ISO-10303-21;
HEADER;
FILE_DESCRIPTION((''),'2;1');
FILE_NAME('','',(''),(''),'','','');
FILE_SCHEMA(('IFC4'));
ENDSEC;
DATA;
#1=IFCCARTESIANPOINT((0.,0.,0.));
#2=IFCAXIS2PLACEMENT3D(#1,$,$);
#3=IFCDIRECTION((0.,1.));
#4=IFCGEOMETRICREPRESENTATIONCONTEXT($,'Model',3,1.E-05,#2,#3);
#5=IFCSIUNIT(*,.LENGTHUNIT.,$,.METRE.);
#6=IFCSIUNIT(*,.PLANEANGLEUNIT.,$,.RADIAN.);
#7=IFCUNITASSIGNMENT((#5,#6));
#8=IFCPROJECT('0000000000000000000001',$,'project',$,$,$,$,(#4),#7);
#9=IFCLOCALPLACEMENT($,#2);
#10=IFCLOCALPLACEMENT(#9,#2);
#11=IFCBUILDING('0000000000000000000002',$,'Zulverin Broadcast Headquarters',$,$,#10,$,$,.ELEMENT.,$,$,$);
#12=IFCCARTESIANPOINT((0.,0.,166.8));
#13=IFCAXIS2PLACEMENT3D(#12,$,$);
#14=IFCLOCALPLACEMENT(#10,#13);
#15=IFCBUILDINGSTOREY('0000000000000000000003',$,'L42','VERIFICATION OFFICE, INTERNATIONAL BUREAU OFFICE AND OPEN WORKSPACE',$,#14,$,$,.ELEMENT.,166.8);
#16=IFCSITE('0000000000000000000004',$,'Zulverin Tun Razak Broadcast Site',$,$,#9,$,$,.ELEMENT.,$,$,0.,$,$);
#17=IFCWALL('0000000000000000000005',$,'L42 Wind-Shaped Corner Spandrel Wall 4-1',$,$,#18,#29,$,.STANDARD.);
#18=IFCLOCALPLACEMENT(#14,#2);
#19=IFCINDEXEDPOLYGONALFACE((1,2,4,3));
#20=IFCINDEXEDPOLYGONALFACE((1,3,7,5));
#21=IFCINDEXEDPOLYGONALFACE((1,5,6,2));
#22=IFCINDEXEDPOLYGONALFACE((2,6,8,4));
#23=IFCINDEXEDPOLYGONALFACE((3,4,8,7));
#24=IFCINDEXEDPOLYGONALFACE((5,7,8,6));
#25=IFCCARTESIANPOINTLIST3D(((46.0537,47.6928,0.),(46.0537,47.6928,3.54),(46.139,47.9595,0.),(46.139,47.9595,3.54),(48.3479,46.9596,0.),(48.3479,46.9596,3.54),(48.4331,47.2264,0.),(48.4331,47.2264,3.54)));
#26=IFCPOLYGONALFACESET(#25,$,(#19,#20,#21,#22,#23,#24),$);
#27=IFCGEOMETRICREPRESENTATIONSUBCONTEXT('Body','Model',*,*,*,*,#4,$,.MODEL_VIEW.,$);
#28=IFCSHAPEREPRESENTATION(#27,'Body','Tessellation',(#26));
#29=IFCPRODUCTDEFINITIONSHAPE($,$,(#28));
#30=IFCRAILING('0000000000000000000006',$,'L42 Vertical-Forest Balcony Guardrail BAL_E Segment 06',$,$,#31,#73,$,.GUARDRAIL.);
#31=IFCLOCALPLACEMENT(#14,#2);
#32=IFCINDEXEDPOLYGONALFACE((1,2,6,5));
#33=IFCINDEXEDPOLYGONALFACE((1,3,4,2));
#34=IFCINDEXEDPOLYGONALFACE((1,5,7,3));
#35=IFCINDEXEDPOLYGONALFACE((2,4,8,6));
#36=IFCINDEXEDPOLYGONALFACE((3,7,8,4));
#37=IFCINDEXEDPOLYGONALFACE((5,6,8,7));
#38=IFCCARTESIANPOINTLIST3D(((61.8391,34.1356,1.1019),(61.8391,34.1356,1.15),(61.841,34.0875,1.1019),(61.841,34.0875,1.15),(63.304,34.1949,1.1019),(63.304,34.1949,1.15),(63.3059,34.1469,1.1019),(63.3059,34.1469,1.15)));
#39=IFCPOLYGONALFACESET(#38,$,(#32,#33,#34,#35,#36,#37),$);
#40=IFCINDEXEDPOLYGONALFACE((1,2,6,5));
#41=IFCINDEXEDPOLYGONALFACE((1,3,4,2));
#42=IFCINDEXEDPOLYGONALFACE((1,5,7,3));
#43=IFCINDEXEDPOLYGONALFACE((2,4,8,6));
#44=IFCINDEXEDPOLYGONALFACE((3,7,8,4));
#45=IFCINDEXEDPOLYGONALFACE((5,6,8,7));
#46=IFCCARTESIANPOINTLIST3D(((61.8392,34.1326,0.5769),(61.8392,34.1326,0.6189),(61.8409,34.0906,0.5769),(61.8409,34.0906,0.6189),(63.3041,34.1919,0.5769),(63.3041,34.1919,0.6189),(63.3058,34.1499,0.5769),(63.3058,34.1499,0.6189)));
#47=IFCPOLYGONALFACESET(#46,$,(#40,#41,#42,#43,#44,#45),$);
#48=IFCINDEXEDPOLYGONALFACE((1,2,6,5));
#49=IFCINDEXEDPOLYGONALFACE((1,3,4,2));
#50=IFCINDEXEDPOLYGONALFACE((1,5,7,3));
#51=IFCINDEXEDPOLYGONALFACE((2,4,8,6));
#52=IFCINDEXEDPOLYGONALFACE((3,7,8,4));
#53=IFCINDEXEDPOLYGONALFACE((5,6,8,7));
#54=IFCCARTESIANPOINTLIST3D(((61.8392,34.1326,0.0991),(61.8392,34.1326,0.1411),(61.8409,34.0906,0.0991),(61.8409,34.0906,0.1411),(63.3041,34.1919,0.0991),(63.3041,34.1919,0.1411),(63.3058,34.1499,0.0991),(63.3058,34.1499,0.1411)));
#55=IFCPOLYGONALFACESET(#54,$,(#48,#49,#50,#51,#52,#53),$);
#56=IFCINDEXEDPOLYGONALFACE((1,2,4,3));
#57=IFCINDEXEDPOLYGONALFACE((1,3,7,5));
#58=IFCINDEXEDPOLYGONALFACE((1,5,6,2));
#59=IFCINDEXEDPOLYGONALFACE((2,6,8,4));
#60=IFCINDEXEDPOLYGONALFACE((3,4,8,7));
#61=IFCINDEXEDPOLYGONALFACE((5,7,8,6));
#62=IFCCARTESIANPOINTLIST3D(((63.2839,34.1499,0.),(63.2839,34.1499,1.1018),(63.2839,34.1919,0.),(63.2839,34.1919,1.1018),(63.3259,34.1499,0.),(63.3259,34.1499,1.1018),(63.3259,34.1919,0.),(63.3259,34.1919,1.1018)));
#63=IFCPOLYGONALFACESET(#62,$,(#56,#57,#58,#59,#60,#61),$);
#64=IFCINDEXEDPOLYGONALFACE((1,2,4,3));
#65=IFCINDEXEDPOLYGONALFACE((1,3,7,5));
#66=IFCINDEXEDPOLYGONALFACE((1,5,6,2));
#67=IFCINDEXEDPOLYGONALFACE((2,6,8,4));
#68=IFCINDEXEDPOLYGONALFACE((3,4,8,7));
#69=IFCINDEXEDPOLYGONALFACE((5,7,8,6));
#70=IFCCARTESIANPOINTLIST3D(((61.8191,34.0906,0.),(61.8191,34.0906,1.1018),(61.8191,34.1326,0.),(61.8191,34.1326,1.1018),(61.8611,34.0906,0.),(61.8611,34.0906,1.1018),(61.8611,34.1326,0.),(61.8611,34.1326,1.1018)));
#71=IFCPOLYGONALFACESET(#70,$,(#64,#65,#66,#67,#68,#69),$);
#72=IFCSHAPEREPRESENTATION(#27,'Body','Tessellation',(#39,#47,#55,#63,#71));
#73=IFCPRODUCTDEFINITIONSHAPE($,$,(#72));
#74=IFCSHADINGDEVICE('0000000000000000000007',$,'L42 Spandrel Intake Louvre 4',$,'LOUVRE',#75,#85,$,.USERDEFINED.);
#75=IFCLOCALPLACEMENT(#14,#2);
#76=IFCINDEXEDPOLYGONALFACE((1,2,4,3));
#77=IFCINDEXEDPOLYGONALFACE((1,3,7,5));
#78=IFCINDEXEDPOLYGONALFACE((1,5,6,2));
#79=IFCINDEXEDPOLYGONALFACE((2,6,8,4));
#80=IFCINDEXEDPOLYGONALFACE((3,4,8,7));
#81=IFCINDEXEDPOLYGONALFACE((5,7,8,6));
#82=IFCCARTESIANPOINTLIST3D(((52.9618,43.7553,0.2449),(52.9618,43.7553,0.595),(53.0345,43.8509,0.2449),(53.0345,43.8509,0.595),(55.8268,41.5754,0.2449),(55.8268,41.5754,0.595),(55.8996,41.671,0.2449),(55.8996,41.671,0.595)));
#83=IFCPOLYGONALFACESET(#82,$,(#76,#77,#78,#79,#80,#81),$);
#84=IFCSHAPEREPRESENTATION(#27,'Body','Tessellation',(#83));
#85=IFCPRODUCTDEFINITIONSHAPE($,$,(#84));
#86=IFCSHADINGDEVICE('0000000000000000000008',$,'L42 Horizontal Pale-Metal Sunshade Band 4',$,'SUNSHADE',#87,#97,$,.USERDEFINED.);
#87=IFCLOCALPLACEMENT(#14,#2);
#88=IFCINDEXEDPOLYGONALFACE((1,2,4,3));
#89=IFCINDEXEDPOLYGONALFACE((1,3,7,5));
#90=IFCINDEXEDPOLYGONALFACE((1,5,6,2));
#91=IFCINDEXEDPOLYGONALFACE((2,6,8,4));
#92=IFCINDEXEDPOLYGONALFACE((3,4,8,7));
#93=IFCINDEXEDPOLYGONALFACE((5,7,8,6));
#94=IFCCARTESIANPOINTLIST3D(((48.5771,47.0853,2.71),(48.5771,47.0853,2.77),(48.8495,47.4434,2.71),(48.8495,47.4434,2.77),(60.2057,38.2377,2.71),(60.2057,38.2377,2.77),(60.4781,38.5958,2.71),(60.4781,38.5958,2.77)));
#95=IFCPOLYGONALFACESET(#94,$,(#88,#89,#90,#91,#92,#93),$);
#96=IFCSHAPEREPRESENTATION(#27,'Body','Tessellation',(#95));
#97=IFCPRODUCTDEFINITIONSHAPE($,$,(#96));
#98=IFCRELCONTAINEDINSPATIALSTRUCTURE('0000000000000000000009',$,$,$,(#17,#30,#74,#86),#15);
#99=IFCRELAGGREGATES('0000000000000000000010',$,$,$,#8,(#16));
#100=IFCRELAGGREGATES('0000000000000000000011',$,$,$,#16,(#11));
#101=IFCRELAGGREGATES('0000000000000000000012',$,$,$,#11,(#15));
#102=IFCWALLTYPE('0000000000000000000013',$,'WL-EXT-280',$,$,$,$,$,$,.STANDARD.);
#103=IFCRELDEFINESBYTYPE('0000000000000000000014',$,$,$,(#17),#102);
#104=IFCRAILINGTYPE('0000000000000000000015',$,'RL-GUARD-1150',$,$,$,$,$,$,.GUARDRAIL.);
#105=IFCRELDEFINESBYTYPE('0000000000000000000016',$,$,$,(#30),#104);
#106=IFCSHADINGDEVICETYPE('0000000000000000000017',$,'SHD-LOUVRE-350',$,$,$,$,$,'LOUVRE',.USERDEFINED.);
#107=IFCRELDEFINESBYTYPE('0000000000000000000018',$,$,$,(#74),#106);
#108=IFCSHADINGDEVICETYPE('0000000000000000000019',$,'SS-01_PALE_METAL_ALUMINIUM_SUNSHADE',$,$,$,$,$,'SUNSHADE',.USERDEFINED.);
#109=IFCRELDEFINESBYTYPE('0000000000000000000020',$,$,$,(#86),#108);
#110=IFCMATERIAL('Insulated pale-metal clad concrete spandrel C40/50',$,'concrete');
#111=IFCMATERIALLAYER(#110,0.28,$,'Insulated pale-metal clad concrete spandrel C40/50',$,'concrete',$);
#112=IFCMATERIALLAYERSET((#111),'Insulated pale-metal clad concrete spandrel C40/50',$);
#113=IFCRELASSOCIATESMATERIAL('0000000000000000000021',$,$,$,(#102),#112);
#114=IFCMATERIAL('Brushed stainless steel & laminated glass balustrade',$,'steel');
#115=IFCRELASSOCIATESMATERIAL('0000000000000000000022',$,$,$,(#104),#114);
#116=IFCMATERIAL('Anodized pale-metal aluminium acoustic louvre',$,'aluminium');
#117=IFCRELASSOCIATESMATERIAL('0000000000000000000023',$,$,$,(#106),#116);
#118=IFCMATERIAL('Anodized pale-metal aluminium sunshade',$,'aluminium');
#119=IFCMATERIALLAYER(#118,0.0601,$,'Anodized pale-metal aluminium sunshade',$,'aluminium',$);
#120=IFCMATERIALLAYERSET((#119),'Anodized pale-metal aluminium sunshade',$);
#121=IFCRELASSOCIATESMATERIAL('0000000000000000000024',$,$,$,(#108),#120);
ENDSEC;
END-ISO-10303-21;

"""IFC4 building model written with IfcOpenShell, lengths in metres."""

from ifc_helpers import new_model, si_unit, direction, frame, frame_2d, origin, origin_2d, place, context, subcontext, project, spatial, rectangle, extrude, material, layer, layer_set, type_object, element, save


model = new_model("IFC4")

# Units and contexts
model_context = context("Model", 3, precision=1e-05, world=origin(), true_north=direction((0.0, 1.0)))
body_context = subcontext(model_context, "Body", "Model", "MODEL_VIEW")
ifc_project = project(units=[si_unit("LENGTHUNIT", "METRE"), si_unit("PLANEANGLEUNIT", "RADIAN")], contexts=[model_context])

# Site, building, storey
site_placement = place(None, origin())
site = spatial("IfcSite", under=ifc_project, at=site_placement, Name="Zulverin Tun Razak Broadcast Site", CompositionType="ELEMENT", RefElevation=0.0)
building_placement = place(site_placement, origin())
building = spatial("IfcBuilding", under=site, at=building_placement, Name="Zulverin Broadcast Headquarters", CompositionType="ELEMENT")
storey_placement = place(building_placement, frame((0.0, 0.0, 166.8)))
storey = spatial("IfcBuildingStorey", under=building, at=storey_placement, Name="L42", Description="VERIFICATION OFFICE, INTERNATIONAL BUREAU OFFICE AND OPEN WORKSPACE", CompositionType="ELEMENT", Elevation=166.8)

# Shared definitions
ifc_material_1 = material(Name="Insulated pale-metal clad concrete spandrel C40/50", Category="concrete")
ifc_layer_1 = layer(ifc_material_1, 0.28, Name="Insulated pale-metal clad concrete spandrel C40/50", Category="concrete")
ifc_layer_set_1 = layer_set([ifc_layer_1], Name="Insulated pale-metal clad concrete spandrel C40/50")
wall_type = type_object("IfcWallType", Name="WL-EXT-280", PredefinedType="STANDARD", material=ifc_layer_set_1)

# Wall
wall_1_placement = place(storey_placement, frame((48.3904, 47.093, 0.0), z_axis=(0.0, 0.0, 1.0), x_axis=(-0.952543, 0.304404, 0.0)))
element("IfcWall", 1, at=wall_1_placement, inside=storey, type_object=wall_type, Name="L42 Wind-Shaped Corner Spandrel Wall 4-1", PredefinedType="STANDARD", context=body_context, shape_type="SweptSolid", body=[
    extrude(rectangle(XDim=2.4084, YDim=0.28, at=frame_2d((1.2041, 0.0))), origin(), (0.0, 0.0, 1.0), 3.54),
])

# Railing
ifc_material_2 = material(Name="Brushed stainless steel & laminated glass balustrade", Category="steel")
railing_type = type_object("IfcRailingType", Name="RL-GUARD-1150", PredefinedType="GUARDRAIL", material=ifc_material_2)
railing_placement = place(storey_placement, frame((63.3049, 34.1709, 0.0)))
element("IfcRailing", 2, at=railing_placement, inside=storey, type_object=railing_type, Name="L42 Vertical-Forest Balcony Guardrail BAL_E Segment 06", PredefinedType="GUARDRAIL", context=body_context, shape_type="SweptSolid", body=[
    extrude(rectangle(XDim=0.0481, YDim=0.0481, at=origin_2d()), frame((0.0, 0.0, 1.126), z_axis=(-0.999181, -0.040467, 0.0), x_axis=(0.040467, -0.999181, 0.0)), (0.0, 0.0, 1.0), 1.4661),
    extrude(rectangle(XDim=0.042, YDim=0.042, at=origin_2d()), frame((0.0, 0.0, 0.5979), z_axis=(-0.999181, -0.040467, 0.0), x_axis=(0.040467, -0.999181, 0.0)), (0.0, 0.0, 1.0), 1.4661),
    extrude(rectangle(XDim=0.042, YDim=0.042, at=origin_2d()), frame((0.0, 0.0, 0.1201), z_axis=(-0.999181, -0.040467, 0.0), x_axis=(0.040467, -0.999181, 0.0)), (0.0, 0.0, 1.0), 1.4661),
    extrude(rectangle(XDim=0.042, YDim=0.042, at=origin_2d()), origin(), (0.0, 0.0, 1.0), 1.1018),
    extrude(rectangle(XDim=0.042, YDim=0.042, at=origin_2d()), frame((-1.4648, -0.0593, 0.0)), (0.0, 0.0, 1.0), 1.1018),
])

# Shading devices
ifc_material_3 = material(Name="Anodized pale-metal aluminium acoustic louvre", Category="aluminium")
shading_device_type_1 = type_object("IfcShadingDeviceType", Name="SHD-LOUVRE-350", ElementType="LOUVRE", PredefinedType="USERDEFINED", material=ifc_material_3)
shading_device_1_placement = place(storey_placement, frame((54.4307, 42.7131, 0.2449), z_axis=(0.0, 0.0, 1.0), x_axis=(-0.795836, 0.605512, 0.0)))
element("IfcShadingDevice", 3, at=shading_device_1_placement, inside=storey, type_object=shading_device_type_1, Name="L42 Spandrel Intake Louvre 4", ObjectType="LOUVRE", PredefinedType="USERDEFINED", context=body_context, shape_type="SweptSolid", body=[
    extrude(rectangle(XDim=3.6001, YDim=0.1201, at=origin_2d()), origin(), (0.0, 0.0, 1.0), 0.3501),
])
ifc_material_4 = material(Name="Anodized pale-metal aluminium sunshade", Category="aluminium")
ifc_layer_2 = layer(ifc_material_4, 0.0601, Name="Anodized pale-metal aluminium sunshade", Category="aluminium")
ifc_layer_set_2 = layer_set([ifc_layer_2], Name="Anodized pale-metal aluminium sunshade")
shading_device_type_2 = type_object("IfcShadingDeviceType", Name="SS-01_PALE_METAL_ALUMINIUM_SUNSHADE", ElementType="SUNSHADE", PredefinedType="USERDEFINED", material=ifc_layer_set_2)
shading_device_2_placement = place(storey_placement, frame((54.5276, 42.8406, 2.71), z_axis=(0.0, 0.0, 1.0), x_axis=(-0.795836, 0.605512, 0.0)))
element("IfcShadingDevice", 4, at=shading_device_2_placement, inside=storey, type_object=shading_device_type_2, Name="L42 Horizontal Pale-Metal Sunshade Band 4", ObjectType="SUNSHADE", PredefinedType="USERDEFINED", context=body_context, shape_type="SweptSolid", body=[
    extrude(rectangle(XDim=14.6118, YDim=0.45, at=origin_2d()), origin(), (0.0, 0.0, 1.0), 0.0601),
])

save(model, "model.ifc")
